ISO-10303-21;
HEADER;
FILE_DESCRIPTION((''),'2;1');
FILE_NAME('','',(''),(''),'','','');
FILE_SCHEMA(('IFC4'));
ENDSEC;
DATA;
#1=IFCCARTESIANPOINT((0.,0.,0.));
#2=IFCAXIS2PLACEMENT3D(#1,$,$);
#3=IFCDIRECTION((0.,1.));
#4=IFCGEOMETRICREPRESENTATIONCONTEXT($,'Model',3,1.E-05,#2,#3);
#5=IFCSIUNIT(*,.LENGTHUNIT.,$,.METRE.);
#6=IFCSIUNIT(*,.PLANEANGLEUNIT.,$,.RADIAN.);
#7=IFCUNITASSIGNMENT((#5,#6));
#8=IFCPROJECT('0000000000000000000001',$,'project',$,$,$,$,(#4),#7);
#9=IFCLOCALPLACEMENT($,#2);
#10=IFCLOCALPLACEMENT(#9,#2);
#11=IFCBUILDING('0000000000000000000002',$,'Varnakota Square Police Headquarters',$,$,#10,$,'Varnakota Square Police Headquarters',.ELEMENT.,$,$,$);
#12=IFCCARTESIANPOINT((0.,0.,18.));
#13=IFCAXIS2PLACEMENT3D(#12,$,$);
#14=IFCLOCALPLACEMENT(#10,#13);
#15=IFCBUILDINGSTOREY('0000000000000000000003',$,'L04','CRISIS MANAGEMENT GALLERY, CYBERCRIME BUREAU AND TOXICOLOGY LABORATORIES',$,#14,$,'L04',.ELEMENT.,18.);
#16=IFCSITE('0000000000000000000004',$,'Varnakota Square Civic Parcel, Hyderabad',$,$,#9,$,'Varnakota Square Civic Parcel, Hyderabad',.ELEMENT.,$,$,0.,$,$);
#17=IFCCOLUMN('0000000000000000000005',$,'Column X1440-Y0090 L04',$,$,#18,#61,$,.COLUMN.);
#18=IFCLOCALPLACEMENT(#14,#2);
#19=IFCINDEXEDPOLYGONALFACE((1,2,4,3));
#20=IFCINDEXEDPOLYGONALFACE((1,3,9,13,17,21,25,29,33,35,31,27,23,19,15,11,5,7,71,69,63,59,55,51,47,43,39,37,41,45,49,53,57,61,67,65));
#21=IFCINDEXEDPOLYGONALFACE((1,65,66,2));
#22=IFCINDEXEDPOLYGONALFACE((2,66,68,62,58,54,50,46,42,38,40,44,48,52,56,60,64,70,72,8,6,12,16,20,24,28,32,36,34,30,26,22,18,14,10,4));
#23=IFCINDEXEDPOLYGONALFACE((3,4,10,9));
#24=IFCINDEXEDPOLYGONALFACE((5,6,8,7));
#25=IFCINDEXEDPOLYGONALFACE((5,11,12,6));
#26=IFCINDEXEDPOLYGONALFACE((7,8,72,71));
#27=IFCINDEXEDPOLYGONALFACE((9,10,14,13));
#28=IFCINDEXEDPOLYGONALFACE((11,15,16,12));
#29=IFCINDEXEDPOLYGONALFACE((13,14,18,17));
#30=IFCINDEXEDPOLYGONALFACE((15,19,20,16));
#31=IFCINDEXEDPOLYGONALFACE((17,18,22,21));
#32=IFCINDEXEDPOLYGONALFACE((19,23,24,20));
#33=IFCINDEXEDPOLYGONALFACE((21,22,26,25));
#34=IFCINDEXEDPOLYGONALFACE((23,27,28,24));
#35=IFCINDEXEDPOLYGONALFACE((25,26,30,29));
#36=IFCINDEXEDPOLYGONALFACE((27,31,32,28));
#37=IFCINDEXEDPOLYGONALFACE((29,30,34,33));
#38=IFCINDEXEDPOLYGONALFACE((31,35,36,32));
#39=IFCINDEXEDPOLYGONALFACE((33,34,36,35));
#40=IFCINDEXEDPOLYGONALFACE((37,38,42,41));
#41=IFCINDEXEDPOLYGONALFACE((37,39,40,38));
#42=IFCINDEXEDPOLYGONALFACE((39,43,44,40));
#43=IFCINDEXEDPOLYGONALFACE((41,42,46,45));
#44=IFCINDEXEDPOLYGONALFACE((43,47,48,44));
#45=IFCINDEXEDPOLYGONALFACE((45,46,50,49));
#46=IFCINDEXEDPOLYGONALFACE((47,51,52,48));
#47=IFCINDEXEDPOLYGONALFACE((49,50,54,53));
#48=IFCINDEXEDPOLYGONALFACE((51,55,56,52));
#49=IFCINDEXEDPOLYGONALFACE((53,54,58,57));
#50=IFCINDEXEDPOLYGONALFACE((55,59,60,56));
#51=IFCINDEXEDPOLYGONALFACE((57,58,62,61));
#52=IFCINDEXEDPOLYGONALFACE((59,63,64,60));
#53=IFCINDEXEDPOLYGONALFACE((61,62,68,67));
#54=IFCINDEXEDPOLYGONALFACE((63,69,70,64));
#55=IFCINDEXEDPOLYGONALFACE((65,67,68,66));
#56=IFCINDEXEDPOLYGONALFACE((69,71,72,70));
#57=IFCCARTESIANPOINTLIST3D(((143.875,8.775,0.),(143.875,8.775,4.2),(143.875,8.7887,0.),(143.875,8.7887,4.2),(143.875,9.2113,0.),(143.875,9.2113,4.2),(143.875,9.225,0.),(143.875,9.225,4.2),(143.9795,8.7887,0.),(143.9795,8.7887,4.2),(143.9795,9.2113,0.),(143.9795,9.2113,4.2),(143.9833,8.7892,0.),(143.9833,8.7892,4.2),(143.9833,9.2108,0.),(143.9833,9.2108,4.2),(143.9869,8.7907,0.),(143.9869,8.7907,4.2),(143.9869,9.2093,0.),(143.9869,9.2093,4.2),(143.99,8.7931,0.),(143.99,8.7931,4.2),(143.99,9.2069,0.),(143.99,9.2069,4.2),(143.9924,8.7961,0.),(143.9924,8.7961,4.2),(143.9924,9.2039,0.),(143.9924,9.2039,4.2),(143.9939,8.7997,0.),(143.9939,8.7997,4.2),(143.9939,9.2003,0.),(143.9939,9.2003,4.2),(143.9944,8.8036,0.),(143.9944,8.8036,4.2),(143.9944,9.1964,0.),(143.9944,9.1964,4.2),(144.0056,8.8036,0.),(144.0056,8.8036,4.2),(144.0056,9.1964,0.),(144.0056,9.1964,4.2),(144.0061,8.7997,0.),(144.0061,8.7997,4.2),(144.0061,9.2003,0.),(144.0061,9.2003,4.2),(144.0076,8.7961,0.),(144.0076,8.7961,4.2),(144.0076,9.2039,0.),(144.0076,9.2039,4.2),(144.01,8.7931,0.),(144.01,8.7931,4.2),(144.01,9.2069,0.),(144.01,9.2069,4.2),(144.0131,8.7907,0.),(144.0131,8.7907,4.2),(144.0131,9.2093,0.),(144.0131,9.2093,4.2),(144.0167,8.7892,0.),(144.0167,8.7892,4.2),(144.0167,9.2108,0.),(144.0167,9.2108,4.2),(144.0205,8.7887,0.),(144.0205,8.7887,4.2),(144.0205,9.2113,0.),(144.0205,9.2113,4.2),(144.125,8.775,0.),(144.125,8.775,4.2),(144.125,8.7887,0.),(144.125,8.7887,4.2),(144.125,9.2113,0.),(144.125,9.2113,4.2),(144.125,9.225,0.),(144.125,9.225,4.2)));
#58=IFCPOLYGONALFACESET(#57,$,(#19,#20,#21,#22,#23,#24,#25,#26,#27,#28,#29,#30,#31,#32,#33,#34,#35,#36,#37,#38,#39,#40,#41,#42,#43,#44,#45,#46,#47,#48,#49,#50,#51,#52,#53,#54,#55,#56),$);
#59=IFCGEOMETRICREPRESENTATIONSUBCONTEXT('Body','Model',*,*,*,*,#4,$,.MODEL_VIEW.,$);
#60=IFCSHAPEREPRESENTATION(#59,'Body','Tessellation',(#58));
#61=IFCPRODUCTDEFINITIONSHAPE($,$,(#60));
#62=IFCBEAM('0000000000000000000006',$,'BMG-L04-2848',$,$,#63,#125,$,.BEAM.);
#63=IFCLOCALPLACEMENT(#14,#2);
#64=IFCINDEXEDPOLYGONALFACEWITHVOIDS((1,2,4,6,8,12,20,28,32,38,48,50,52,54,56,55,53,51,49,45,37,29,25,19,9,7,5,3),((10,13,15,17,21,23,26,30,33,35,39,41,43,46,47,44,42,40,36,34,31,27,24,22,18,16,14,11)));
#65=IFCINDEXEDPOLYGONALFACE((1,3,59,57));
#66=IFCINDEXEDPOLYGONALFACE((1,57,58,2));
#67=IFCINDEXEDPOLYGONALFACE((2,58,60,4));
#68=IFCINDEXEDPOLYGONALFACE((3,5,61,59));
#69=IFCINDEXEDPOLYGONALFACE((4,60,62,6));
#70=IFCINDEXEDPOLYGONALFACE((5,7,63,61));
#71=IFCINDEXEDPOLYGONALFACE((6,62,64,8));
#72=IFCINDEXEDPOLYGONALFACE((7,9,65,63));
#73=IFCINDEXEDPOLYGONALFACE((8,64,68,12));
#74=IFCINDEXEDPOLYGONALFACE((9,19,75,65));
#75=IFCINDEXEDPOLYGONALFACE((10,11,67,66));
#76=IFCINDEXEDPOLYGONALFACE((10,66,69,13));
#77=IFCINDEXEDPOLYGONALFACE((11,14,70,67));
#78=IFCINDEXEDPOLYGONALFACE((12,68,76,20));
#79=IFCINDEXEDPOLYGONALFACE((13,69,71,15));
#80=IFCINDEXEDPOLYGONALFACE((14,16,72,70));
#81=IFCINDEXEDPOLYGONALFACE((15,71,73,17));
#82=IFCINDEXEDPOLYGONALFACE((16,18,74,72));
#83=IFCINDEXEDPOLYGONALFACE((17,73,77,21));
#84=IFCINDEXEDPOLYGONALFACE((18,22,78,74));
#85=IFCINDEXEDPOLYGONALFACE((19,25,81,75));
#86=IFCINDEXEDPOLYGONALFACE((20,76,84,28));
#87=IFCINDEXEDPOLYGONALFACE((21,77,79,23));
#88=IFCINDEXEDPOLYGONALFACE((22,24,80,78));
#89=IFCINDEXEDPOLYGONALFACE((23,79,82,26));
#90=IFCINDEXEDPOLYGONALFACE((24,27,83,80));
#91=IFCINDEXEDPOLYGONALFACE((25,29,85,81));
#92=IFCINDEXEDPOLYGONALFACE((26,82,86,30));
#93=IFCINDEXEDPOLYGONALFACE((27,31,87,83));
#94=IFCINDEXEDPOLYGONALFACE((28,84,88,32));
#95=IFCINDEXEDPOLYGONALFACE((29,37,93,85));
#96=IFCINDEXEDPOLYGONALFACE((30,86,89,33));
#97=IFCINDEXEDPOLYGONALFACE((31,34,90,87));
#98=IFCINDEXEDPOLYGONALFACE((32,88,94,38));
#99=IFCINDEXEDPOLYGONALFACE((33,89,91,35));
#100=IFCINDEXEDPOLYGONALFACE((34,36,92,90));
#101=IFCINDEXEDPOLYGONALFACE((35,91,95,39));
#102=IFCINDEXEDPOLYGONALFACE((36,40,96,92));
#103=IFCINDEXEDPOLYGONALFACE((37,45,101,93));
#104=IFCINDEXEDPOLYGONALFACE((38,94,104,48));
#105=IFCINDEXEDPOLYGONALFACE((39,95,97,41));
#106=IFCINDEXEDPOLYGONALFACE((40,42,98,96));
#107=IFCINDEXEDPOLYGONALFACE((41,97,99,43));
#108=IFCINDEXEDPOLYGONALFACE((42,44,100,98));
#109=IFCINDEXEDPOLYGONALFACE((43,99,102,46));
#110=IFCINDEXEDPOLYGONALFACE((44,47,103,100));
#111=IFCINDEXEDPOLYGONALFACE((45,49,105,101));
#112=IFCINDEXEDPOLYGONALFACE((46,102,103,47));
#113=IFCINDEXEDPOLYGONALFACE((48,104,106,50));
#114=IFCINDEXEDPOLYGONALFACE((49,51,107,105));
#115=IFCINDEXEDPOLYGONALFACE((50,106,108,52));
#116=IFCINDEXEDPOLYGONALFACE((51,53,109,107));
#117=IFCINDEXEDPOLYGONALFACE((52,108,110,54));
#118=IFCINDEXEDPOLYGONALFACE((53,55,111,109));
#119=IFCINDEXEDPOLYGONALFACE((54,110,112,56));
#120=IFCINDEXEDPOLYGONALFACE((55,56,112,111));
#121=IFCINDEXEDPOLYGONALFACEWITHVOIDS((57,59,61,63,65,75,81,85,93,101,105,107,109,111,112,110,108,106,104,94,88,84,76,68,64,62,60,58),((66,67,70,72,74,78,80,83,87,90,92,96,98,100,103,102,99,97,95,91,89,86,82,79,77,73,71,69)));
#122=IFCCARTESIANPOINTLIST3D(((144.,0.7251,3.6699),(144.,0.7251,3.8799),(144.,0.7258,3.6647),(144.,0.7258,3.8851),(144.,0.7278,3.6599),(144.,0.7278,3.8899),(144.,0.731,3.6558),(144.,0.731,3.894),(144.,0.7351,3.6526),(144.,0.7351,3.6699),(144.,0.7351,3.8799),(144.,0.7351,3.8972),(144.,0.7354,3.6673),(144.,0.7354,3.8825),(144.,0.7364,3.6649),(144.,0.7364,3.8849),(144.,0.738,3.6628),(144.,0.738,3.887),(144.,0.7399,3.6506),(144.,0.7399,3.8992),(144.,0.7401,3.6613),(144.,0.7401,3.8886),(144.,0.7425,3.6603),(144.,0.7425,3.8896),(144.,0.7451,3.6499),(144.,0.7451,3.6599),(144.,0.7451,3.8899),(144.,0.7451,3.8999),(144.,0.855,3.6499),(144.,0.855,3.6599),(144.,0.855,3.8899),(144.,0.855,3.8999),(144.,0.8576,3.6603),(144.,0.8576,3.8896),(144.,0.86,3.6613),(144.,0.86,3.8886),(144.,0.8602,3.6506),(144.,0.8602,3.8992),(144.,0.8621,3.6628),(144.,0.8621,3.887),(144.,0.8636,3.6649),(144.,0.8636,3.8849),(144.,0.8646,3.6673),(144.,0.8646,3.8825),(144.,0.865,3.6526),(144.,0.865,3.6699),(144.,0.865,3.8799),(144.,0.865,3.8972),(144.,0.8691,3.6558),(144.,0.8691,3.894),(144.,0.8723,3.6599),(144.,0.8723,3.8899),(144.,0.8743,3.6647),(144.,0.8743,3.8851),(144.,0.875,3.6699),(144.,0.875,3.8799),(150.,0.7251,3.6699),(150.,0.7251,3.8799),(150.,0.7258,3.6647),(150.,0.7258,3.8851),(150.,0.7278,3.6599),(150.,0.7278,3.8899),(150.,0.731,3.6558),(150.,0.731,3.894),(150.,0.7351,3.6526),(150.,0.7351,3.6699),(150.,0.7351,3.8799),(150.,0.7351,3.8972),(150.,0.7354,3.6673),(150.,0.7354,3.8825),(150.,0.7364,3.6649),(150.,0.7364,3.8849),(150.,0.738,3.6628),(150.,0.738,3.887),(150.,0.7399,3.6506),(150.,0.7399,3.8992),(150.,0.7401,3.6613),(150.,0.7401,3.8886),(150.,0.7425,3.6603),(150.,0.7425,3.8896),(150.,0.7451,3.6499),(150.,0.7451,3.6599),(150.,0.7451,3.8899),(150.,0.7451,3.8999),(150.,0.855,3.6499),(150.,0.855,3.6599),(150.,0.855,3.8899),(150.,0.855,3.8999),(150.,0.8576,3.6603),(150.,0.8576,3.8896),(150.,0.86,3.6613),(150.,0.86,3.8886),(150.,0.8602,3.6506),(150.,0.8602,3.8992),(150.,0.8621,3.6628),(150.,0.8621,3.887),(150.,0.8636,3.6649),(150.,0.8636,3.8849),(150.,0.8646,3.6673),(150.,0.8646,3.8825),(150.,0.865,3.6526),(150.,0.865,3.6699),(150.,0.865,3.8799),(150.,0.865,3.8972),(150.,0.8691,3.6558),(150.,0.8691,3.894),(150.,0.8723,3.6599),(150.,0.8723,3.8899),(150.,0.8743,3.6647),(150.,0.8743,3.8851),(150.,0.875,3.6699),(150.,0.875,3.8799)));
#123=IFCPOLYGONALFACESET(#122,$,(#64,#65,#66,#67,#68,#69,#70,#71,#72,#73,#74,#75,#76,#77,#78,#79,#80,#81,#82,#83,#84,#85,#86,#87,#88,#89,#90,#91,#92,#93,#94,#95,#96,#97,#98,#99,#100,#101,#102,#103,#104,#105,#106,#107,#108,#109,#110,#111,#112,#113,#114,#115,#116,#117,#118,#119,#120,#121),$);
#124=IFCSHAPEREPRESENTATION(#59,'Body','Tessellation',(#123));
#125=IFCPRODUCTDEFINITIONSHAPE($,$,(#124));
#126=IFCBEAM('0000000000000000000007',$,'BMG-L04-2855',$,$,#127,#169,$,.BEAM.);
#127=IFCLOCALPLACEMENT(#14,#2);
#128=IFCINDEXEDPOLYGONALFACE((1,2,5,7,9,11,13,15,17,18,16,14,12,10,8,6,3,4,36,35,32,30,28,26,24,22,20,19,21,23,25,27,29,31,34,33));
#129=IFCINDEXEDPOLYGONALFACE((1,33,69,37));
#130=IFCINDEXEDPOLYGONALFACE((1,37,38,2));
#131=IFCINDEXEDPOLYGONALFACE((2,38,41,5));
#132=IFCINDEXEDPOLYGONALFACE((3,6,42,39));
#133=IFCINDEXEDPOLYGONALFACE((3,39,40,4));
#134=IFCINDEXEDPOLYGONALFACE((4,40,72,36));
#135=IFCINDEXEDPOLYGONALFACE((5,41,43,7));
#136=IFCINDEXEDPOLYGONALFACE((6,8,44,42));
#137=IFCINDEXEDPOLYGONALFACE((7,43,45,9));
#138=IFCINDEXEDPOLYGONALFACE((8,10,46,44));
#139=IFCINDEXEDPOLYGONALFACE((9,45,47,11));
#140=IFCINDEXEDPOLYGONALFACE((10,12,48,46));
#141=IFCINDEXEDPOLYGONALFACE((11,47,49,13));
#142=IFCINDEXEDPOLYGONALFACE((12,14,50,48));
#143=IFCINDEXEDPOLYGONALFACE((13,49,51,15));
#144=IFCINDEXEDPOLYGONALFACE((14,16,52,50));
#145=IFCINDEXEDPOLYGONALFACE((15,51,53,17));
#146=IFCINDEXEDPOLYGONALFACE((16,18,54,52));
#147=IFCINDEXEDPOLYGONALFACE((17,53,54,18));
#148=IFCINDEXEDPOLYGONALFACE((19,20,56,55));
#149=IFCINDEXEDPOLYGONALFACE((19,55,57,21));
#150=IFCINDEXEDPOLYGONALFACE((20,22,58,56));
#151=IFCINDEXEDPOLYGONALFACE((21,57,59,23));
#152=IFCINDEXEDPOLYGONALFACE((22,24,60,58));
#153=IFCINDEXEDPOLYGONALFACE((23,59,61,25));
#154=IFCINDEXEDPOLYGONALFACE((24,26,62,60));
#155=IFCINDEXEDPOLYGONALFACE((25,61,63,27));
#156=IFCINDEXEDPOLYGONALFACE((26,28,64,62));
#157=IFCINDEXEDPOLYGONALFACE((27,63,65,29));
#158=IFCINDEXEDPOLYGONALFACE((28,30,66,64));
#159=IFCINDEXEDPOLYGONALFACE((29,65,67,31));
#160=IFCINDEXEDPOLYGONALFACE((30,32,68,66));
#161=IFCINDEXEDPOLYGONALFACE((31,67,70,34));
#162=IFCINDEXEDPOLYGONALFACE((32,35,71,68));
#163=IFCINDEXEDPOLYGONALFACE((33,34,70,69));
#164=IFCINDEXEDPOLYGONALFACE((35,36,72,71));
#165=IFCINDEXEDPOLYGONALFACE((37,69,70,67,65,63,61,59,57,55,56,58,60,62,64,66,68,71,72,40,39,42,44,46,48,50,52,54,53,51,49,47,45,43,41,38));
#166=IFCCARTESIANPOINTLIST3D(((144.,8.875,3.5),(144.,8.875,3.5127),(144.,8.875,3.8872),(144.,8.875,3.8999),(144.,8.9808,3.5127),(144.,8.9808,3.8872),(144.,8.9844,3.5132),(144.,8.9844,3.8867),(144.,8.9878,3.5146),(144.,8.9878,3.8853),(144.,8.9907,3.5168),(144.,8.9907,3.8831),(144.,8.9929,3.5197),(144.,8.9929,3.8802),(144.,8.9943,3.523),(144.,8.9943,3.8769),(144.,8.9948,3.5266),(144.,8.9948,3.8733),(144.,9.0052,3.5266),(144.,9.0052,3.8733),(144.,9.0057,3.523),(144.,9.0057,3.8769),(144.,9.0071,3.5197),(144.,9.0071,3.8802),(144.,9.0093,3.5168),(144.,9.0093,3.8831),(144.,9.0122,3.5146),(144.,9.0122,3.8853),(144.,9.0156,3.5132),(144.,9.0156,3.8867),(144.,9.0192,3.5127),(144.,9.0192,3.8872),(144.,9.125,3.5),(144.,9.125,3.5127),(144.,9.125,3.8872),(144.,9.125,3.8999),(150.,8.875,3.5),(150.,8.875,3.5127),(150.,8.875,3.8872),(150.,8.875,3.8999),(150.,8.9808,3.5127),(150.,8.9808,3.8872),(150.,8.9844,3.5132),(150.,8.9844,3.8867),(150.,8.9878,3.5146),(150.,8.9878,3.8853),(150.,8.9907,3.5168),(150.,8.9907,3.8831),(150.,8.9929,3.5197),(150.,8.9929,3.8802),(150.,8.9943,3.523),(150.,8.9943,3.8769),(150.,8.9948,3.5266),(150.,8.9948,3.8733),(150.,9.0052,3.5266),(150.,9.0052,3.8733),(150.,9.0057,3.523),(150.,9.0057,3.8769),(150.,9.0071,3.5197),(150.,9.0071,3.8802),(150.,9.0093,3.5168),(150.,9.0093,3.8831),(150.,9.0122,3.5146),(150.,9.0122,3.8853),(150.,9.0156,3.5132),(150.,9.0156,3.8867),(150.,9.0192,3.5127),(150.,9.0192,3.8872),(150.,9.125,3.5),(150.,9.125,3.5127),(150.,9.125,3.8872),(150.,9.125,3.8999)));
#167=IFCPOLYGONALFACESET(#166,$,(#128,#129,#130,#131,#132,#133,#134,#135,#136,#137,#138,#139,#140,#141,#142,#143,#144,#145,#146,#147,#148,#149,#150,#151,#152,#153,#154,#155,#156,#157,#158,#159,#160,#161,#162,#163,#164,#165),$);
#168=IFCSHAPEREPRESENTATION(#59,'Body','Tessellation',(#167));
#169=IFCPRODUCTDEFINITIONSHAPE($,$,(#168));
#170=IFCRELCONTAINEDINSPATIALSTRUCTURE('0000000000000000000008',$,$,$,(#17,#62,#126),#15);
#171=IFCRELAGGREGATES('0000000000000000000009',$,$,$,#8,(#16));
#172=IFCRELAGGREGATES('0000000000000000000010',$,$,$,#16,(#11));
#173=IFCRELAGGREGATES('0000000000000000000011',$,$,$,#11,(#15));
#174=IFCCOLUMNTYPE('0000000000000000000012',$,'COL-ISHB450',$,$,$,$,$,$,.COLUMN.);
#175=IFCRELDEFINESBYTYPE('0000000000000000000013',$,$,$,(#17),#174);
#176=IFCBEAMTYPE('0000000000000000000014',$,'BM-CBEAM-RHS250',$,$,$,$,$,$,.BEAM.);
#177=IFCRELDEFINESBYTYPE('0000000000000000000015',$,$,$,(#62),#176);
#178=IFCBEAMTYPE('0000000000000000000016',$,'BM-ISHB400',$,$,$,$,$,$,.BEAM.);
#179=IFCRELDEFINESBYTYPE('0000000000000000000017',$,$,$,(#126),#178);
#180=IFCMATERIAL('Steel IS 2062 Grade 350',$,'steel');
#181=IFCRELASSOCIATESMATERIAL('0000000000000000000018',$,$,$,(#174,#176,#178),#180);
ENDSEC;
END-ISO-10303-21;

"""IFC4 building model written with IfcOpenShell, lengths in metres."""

from ifc_helpers import new_model, si_unit, direction, frame, origin, origin_2d, place, context, subcontext, project, spatial, hollow_rectangle, i_section, extrude, material, material_profile, profile_set, type_object, element, save


model = new_model("IFC4")

# Units and contexts
model_context = context("Model", 3, precision=1e-05, world=origin(), true_north=direction((0.0, 1.0)))
body_context = subcontext(model_context, "Body", "Model", "MODEL_VIEW")
ifc_project = project(units=[si_unit("LENGTHUNIT", "METRE"), si_unit("PLANEANGLEUNIT", "RADIAN")], contexts=[model_context])

# Site, building, storey
site_placement = place(None, origin())
site = spatial("IfcSite", under=ifc_project, at=site_placement, Name="Varnakota Square Civic Parcel, Hyderabad", LongName="Varnakota Square Civic Parcel, Hyderabad", CompositionType="ELEMENT", RefElevation=0.0)
building_placement = place(site_placement, origin())
building = spatial("IfcBuilding", under=site, at=building_placement, Name="Varnakota Square Police Headquarters", LongName="Varnakota Square Police Headquarters", CompositionType="ELEMENT")
storey_placement = place(building_placement, frame((0.0, 0.0, 18.0)))
storey = spatial("IfcBuildingStorey", under=building, at=storey_placement, Name="L04", Description="CRISIS MANAGEMENT GALLERY, CYBERCRIME BUREAU AND TOXICOLOGY LABORATORIES", LongName="L04", CompositionType="ELEMENT", Elevation=18.0)

# Column
ifc_material_1 = material(Name="Steel IS 2062 Grade 350", Category="steel")
ifc_material_profile_1 = material_profile(ifc_material_1, i_section(OverallWidth=0.25, OverallDepth=0.45, WebThickness=0.0112, FlangeThickness=0.0137, FilletRadius=0.0149, at=origin_2d()), Name="ISHB 450")
ifc_profile_set_1 = profile_set([ifc_material_profile_1], Name="Steel IS 2062 Grade 350")
column_type = type_object("IfcColumnType", Name="COL-ISHB450", PredefinedType="COLUMN", material=ifc_profile_set_1)
column_placement = place(storey_placement, frame((144.0, 9.0, 0.0), z_axis=(0.0, 0.0, 1.0), x_axis=(1.0, 0.0, 0.0)))
element("IfcColumn", 1, at=column_placement, inside=storey, type_object=column_type, Name="Column X1440-Y0090 L04", PredefinedType="COLUMN", context=body_context, shape_type="SweptSolid", body=[
    extrude(i_section(OverallWidth=0.25, OverallDepth=0.45, WebThickness=0.0112, FlangeThickness=0.0137, FilletRadius=0.0149, at=origin_2d()), origin(), (0.0, 0.0, 1.0), 4.2),
])

# Beams
ifc_material_profile_2 = material_profile(ifc_material_1, hollow_rectangle(XDim=0.1499, YDim=0.25, WallThickness=0.01, InnerFilletRadius=0.01, OuterFilletRadius=0.02, at=origin_2d()), Name="RHS 250x150x10")
ifc_profile_set_2 = profile_set([ifc_material_profile_2], Name="Steel IS 2062 Grade 350")
beam_type_1 = type_object("IfcBeamType", Name="BM-CBEAM-RHS250", PredefinedType="BEAM", material=ifc_profile_set_2)
beam_1_placement = place(storey_placement, frame((144.0, 0.8, 3.7749), z_axis=(1.0, 0.0, 0.0), x_axis=(0.0, 1.0, 0.0)))
element("IfcBeam", 2, at=beam_1_placement, inside=storey, type_object=beam_type_1, Name="BMG-L04-2848", PredefinedType="BEAM", context=body_context, shape_type="SweptSolid", body=[
    extrude(hollow_rectangle(XDim=0.1499, YDim=0.25, WallThickness=0.01, InnerFilletRadius=0.01, OuterFilletRadius=0.02, at=origin_2d()), origin(), (0.0, 0.0, 1.0), 6.0),
])
ifc_material_profile_3 = material_profile(ifc_material_1, i_section(OverallWidth=0.25, OverallDepth=0.3999, WebThickness=0.0105, FlangeThickness=0.0127, FilletRadius=0.0139, at=origin_2d()), Name="ISHB 400")
ifc_profile_set_3 = profile_set([ifc_material_profile_3], Name="Steel IS 2062 Grade 350")
beam_type_2 = type_object("IfcBeamType", Name="BM-ISHB400", PredefinedType="BEAM", material=ifc_profile_set_3)
beam_2_placement = place(storey_placement, frame((144.0, 9.0, 3.7), z_axis=(1.0, 0.0, 0.0), x_axis=(0.0, 1.0, 0.0)))
element("IfcBeam", 3, at=beam_2_placement, inside=storey, type_object=beam_type_2, Name="BMG-L04-2855", PredefinedType="BEAM", context=body_context, shape_type="SweptSolid", body=[
    extrude(i_section(OverallWidth=0.25, OverallDepth=0.3999, WebThickness=0.0105, FlangeThickness=0.0127, FilletRadius=0.0139, at=origin_2d()), origin(), (0.0, 0.0, 1.0), 6.0),
])

save(model, "model.ifc")
